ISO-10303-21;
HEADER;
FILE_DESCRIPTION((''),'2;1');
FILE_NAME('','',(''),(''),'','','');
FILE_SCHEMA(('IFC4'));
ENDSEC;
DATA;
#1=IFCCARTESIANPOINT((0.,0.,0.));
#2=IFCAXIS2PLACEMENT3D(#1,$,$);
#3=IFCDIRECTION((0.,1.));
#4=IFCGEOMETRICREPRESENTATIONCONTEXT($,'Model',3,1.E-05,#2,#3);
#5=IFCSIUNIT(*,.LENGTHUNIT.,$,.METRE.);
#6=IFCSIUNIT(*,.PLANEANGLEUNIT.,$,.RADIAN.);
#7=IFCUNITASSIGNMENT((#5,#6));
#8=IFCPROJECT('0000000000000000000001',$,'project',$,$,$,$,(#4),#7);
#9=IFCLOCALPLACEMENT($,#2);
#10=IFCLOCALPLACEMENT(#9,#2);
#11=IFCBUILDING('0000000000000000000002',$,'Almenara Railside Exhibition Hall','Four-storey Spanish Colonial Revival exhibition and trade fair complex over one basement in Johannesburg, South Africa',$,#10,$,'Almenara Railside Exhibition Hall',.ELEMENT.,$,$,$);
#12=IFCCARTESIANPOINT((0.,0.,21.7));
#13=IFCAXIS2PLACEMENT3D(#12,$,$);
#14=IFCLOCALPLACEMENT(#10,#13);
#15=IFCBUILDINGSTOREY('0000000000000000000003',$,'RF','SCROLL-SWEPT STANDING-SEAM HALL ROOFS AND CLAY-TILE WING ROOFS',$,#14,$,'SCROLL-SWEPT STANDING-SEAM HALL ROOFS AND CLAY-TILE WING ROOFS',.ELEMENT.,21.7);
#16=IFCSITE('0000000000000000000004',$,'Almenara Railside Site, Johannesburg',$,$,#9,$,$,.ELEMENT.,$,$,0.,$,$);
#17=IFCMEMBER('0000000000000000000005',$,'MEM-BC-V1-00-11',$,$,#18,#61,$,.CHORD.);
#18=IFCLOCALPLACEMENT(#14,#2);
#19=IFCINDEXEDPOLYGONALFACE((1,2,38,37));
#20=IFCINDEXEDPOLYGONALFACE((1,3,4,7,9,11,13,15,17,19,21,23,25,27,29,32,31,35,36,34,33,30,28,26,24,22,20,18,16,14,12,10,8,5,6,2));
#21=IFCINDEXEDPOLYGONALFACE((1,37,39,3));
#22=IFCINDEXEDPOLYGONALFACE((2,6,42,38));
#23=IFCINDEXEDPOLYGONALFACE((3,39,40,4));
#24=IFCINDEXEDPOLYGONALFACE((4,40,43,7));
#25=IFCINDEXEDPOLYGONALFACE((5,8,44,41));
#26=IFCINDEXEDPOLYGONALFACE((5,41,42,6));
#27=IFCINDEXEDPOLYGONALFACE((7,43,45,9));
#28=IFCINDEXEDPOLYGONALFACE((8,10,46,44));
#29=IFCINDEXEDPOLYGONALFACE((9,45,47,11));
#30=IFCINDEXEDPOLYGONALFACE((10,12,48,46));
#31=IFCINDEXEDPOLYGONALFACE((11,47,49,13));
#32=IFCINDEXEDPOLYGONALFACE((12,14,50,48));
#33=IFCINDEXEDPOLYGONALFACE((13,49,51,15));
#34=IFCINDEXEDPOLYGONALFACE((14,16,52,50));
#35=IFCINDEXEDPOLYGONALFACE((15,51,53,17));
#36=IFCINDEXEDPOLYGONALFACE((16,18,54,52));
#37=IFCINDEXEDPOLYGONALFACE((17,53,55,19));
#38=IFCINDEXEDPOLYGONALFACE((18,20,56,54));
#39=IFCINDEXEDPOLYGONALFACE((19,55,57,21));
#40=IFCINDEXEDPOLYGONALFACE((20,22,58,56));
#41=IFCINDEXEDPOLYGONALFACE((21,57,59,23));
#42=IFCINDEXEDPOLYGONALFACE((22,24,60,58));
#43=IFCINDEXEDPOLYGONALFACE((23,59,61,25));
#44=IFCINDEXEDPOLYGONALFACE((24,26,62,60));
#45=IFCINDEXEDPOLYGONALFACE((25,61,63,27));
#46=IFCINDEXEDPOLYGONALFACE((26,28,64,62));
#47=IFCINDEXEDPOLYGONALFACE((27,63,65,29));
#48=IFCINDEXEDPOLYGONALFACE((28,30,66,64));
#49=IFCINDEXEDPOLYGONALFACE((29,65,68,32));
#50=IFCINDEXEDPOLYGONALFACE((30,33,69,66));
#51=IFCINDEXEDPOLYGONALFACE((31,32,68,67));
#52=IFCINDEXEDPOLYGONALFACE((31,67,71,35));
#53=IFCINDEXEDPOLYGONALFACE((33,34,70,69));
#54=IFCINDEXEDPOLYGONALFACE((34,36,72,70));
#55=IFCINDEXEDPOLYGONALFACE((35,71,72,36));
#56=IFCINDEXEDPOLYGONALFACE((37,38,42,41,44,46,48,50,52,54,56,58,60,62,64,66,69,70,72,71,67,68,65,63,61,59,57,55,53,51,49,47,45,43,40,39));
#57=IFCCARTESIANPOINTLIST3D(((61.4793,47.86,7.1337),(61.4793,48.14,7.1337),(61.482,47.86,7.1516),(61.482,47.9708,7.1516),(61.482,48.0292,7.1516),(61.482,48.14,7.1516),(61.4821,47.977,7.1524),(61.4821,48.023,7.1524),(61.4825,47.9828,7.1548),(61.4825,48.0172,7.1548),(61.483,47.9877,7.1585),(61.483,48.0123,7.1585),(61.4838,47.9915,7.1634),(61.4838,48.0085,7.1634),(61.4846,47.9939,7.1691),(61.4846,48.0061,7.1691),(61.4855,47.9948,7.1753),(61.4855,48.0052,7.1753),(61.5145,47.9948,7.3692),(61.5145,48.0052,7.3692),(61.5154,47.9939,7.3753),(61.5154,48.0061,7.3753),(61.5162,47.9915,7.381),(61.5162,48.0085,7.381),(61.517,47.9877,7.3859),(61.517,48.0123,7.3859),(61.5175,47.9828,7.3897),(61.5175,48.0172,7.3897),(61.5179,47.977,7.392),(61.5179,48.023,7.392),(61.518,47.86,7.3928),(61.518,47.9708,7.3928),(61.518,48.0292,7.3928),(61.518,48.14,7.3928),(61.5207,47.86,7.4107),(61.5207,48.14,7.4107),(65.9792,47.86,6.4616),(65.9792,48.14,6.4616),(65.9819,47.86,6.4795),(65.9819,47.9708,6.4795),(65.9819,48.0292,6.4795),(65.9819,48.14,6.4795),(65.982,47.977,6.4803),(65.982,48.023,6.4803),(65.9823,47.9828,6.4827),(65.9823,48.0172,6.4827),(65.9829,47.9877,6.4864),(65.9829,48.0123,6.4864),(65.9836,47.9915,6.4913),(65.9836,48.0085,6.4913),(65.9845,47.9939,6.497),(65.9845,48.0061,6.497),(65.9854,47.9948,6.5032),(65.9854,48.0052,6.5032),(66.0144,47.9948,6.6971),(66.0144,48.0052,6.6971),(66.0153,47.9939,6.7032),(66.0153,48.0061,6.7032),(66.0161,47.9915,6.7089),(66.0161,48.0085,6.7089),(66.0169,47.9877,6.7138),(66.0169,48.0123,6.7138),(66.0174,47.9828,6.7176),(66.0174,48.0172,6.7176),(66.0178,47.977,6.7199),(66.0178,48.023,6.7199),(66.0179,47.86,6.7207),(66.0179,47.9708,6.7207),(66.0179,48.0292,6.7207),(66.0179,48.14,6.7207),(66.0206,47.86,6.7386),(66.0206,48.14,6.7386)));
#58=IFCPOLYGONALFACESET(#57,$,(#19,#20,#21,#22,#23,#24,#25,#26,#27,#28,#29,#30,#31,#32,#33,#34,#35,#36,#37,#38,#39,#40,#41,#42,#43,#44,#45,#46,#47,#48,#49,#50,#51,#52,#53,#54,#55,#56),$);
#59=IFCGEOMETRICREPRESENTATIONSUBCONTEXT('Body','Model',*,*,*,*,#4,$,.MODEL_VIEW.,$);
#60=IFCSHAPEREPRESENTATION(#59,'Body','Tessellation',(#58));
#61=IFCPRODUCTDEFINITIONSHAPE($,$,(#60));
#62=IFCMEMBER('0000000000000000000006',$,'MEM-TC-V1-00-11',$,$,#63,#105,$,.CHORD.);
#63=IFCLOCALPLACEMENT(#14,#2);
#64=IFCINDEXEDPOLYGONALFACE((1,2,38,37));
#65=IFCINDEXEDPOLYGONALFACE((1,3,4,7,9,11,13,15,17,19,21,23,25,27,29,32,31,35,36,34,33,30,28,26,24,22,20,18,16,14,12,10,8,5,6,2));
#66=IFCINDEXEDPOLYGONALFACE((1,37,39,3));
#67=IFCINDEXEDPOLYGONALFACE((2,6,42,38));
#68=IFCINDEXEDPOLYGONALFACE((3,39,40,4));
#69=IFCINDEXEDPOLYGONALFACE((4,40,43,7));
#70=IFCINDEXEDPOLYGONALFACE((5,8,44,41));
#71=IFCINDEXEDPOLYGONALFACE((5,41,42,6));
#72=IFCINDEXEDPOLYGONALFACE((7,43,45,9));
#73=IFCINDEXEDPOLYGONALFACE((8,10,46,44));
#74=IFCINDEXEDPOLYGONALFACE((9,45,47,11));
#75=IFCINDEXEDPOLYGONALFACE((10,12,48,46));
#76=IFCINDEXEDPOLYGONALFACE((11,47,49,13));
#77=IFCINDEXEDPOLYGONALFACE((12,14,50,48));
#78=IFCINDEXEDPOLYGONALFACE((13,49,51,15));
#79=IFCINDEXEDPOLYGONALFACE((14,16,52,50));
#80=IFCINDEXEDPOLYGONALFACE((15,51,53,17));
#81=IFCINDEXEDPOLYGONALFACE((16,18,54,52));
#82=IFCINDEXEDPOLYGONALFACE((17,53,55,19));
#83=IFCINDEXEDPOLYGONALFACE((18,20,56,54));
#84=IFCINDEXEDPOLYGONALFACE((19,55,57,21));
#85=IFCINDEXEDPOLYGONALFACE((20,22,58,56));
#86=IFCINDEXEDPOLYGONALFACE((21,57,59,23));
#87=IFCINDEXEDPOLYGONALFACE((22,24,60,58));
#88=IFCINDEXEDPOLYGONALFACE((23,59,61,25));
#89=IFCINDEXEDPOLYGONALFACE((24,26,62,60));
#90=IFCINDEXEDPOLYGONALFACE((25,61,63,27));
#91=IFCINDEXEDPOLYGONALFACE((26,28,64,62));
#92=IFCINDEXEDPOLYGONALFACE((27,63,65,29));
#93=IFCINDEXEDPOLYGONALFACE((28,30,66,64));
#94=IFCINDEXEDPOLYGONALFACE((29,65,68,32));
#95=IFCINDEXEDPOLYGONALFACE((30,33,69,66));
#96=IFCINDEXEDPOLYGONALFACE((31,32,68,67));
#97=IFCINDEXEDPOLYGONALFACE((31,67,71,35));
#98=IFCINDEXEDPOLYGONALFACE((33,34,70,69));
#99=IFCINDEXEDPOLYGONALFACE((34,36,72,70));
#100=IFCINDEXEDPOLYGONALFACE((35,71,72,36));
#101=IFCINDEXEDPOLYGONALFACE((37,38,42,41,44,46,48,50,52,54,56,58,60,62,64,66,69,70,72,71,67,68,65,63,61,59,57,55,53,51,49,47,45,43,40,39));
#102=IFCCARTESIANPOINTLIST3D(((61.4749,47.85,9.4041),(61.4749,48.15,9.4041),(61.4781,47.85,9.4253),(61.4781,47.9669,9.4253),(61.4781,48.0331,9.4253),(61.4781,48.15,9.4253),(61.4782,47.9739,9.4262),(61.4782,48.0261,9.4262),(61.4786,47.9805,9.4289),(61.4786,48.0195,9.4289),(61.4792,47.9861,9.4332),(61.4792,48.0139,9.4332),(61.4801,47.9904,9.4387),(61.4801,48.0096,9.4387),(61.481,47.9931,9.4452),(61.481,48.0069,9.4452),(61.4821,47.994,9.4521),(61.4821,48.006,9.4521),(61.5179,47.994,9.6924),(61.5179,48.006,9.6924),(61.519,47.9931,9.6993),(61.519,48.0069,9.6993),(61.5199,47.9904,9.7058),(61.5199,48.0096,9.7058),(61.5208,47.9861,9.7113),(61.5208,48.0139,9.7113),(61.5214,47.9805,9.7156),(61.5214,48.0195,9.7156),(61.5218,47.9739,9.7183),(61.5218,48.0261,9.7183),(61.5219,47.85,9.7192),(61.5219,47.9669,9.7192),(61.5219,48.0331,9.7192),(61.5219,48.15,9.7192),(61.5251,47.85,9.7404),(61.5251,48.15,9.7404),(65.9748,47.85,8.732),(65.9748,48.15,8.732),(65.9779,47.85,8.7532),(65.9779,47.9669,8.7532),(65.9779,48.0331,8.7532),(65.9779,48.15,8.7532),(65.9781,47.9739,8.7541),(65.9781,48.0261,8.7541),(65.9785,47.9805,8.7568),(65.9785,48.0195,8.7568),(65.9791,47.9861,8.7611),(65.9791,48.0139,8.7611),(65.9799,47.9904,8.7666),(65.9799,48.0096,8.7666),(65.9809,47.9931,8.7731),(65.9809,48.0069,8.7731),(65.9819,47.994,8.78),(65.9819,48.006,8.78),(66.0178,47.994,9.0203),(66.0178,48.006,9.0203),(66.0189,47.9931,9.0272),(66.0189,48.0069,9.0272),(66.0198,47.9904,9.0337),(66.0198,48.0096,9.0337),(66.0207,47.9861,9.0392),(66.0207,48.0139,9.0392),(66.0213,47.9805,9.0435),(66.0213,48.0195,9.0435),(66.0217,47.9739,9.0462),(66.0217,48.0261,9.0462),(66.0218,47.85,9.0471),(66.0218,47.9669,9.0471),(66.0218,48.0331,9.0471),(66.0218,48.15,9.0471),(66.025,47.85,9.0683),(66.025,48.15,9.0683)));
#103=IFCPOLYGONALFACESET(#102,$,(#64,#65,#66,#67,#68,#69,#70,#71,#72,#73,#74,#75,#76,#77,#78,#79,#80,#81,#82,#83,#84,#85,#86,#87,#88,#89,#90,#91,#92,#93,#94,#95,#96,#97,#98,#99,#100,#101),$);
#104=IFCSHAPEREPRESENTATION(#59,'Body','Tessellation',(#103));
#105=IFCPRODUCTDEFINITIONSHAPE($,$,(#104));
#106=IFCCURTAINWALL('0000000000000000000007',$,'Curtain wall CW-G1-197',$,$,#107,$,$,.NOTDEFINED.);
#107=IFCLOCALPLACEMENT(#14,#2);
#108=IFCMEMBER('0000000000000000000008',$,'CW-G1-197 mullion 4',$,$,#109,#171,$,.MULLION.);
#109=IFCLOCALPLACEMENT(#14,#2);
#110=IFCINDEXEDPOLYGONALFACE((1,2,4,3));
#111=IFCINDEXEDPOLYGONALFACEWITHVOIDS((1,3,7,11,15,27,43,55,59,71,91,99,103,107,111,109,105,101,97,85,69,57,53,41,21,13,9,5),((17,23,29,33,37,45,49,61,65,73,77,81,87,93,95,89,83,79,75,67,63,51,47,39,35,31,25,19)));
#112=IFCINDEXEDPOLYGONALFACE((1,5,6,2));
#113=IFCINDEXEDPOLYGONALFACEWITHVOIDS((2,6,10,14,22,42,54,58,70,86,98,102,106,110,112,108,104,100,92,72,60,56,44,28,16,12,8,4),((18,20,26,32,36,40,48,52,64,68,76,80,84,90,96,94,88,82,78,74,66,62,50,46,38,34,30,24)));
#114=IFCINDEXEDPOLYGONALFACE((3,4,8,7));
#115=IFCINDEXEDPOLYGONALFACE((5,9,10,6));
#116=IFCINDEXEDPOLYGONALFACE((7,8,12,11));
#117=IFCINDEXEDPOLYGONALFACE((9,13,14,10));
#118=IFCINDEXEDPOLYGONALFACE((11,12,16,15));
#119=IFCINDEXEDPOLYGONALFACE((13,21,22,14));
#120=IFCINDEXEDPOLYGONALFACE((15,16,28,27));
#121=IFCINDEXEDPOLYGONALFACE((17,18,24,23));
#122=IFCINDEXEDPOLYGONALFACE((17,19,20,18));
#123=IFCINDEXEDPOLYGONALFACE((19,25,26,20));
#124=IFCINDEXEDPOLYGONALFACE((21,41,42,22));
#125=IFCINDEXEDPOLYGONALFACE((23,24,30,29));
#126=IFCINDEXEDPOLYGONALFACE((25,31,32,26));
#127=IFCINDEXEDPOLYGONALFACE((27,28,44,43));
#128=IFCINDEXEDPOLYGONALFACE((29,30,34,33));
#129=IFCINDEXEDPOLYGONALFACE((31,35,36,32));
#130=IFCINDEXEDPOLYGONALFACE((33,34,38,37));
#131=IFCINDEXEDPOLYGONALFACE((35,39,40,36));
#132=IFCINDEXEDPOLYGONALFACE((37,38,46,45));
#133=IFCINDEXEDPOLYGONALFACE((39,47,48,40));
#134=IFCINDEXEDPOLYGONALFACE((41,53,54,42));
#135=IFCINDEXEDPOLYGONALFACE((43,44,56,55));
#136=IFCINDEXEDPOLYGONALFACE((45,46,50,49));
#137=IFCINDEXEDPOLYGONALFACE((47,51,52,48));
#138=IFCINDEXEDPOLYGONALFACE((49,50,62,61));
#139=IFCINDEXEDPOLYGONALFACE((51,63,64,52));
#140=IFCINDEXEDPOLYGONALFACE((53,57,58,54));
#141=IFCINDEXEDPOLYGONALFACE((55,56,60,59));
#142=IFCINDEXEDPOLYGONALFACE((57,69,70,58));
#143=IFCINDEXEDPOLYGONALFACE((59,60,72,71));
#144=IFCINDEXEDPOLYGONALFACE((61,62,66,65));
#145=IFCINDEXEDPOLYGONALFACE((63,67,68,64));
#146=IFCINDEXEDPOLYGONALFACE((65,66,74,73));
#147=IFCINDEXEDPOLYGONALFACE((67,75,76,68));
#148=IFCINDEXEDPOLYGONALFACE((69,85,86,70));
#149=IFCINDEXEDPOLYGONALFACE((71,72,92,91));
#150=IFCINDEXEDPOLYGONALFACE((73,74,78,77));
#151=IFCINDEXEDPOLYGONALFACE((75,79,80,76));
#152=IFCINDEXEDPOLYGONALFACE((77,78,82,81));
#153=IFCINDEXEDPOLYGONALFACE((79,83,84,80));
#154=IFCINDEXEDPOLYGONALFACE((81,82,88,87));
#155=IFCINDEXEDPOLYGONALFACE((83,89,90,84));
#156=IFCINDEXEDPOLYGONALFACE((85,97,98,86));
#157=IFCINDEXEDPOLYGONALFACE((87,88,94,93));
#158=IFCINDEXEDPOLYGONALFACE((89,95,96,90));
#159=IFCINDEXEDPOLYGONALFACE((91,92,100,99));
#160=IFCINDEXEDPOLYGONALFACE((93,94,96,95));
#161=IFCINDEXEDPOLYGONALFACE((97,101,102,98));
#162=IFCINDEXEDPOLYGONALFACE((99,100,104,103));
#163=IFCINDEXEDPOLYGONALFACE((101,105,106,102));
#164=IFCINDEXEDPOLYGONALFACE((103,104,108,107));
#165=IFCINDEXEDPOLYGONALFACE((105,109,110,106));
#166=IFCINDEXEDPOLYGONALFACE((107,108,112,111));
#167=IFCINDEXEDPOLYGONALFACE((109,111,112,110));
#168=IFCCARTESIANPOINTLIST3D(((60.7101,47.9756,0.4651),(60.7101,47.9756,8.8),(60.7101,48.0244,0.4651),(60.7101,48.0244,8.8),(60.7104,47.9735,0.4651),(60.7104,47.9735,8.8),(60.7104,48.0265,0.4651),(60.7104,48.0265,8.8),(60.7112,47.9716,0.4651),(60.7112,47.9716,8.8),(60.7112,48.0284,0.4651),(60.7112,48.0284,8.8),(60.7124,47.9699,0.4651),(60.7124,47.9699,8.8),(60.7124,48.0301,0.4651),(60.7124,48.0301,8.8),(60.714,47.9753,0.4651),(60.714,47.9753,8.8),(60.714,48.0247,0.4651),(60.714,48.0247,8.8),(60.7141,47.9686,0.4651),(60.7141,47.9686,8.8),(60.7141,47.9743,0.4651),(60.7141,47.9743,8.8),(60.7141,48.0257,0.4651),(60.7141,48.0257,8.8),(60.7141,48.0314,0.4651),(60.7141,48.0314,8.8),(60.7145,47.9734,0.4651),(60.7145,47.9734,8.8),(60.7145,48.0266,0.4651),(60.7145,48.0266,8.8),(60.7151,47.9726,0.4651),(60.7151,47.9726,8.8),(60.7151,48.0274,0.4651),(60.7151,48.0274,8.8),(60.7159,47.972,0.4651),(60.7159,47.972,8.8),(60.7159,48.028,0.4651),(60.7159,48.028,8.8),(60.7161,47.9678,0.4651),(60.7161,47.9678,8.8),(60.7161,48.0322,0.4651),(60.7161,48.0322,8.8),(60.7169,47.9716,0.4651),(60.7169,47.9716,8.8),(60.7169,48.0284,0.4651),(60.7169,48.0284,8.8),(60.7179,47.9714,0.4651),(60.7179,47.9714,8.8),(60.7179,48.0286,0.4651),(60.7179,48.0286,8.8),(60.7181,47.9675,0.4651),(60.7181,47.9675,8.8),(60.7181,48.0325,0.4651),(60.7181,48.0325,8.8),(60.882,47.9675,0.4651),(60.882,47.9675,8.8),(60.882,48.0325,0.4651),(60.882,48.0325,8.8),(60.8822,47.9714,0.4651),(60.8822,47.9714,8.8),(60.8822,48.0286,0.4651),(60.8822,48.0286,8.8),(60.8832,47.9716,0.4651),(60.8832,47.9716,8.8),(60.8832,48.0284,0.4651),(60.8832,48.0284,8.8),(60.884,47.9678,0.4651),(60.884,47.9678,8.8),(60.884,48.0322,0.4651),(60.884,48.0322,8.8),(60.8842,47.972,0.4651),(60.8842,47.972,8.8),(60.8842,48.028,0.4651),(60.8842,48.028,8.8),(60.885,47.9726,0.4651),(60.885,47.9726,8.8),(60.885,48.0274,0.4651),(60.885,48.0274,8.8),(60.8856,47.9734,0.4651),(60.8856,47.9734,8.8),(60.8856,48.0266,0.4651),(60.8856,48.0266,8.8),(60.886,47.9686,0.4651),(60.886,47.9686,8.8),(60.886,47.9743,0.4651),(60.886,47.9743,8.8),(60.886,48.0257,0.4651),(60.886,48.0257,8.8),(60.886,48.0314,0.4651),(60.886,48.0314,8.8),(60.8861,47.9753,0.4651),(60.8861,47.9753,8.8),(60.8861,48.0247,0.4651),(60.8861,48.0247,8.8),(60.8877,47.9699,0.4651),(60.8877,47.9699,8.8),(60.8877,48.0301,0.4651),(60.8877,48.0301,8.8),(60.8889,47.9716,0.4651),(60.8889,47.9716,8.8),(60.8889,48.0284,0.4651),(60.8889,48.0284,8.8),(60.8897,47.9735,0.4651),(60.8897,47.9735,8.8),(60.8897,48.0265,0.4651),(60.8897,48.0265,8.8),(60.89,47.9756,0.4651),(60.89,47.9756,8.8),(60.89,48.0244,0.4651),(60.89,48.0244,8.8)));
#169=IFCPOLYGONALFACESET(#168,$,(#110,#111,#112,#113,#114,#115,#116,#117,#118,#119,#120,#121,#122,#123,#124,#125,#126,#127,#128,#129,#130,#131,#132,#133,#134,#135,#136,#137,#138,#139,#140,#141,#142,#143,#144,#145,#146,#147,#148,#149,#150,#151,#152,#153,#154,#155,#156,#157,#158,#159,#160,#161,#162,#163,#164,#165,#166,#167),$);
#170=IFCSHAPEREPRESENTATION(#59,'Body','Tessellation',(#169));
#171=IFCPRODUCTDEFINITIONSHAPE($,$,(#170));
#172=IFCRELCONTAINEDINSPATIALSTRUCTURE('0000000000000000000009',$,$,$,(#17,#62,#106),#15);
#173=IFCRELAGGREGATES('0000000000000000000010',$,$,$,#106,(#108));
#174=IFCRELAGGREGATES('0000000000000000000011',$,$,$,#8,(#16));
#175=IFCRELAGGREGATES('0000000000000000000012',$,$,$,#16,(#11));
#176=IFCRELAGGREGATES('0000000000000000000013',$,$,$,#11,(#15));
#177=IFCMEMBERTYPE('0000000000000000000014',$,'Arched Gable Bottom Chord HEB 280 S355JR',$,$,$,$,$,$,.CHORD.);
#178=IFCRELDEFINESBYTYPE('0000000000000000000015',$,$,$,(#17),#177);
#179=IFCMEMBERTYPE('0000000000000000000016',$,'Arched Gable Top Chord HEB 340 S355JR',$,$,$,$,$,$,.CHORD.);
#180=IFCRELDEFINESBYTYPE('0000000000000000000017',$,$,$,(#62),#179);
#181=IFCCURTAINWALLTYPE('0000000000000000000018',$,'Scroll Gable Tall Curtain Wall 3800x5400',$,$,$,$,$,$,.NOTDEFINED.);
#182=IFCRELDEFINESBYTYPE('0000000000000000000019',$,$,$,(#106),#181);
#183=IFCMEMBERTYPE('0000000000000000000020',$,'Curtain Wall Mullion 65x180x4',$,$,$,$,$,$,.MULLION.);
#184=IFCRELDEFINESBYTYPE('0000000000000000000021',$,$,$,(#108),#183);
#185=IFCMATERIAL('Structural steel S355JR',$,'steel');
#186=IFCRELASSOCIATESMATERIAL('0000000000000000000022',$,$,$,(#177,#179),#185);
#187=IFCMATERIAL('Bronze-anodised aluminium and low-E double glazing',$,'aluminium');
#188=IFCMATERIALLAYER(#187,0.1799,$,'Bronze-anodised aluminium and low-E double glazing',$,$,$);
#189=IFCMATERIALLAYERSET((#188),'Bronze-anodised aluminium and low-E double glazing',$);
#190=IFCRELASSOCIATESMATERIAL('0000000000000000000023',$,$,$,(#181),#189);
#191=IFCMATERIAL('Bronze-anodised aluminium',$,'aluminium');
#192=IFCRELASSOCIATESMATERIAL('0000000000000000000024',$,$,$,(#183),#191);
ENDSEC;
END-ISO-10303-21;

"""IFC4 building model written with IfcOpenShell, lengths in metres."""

from ifc_helpers import new_model, si_unit, direction, frame, origin, origin_2d, place, context, subcontext, project, spatial, hollow_rectangle, i_section, extrude, material, layer, layer_set, material_profile, profile_set, type_object, element, aggregate, save


model = new_model("IFC4")

# Units and contexts
model_context = context("Model", 3, precision=1e-05, world=origin(), true_north=direction((0.0, 1.0)))
body_context = subcontext(model_context, "Body", "Model", "MODEL_VIEW")
ifc_project = project(units=[si_unit("LENGTHUNIT", "METRE"), si_unit("PLANEANGLEUNIT", "RADIAN")], contexts=[model_context])

# Site, building, storey
site_placement = place(None, origin())
site = spatial("IfcSite", under=ifc_project, at=site_placement, Name="Almenara Railside Site, Johannesburg", CompositionType="ELEMENT", RefElevation=0.0)
building_placement = place(site_placement, origin())
building = spatial("IfcBuilding", under=site, at=building_placement, Name="Almenara Railside Exhibition Hall", Description="Four-storey Spanish Colonial Revival exhibition and trade fair complex over one basement in Johannesburg, South Africa", LongName="Almenara Railside Exhibition Hall", CompositionType="ELEMENT")
storey_placement = place(building_placement, frame((0.0, 0.0, 21.7)))
storey = spatial("IfcBuildingStorey", under=building, at=storey_placement, Name="RF", Description="SCROLL-SWEPT STANDING-SEAM HALL ROOFS AND CLAY-TILE WING ROOFS", LongName="SCROLL-SWEPT STANDING-SEAM HALL ROOFS AND CLAY-TILE WING ROOFS", CompositionType="ELEMENT", Elevation=21.7)

# Members
ifc_material_1 = material(Name="Structural steel S355JR", Category="steel")
ifc_material_profile_1 = material_profile(ifc_material_1, i_section(OverallWidth=0.28, OverallDepth=0.28, WebThickness=0.0105, FlangeThickness=0.0181, FilletRadius=0.0239, at=origin_2d()), Name="HEB 280")
ifc_profile_set_1 = profile_set([ifc_material_profile_1], Name="Structural steel S355JR")
member_type_1 = type_object("IfcMemberType", Name="Arched Gable Bottom Chord HEB 280 S355JR", PredefinedType="CHORD", material=ifc_profile_set_1)
member_1_placement = place(storey_placement, frame((61.5, 48.0, 7.2722), z_axis=(0.989029, 0.0, -0.147721), x_axis=(0.0, 1.0, 0.0)))
element("IfcMember", 1, at=member_1_placement, inside=storey, type_object=member_type_1, Name="MEM-BC-V1-00-11", PredefinedType="CHORD", context=body_context, shape_type="SweptSolid", body=[
    extrude(i_section(OverallWidth=0.28, OverallDepth=0.28, WebThickness=0.0105, FlangeThickness=0.0181, FilletRadius=0.0239, at=origin_2d()), origin(), (0.0, 0.0, 1.0), 4.5498),
])
ifc_material_profile_2 = material_profile(ifc_material_1, i_section(OverallWidth=0.3, OverallDepth=0.3401, WebThickness=0.012, FlangeThickness=0.0215, FilletRadius=0.0271, at=origin_2d()), Name="HEB 340")
ifc_profile_set_2 = profile_set([ifc_material_profile_2], Name="Structural steel S355JR")
member_type_2 = type_object("IfcMemberType", Name="Arched Gable Top Chord HEB 340 S355JR", PredefinedType="CHORD", material=ifc_profile_set_2)
member_2_placement = place(storey_placement, frame((61.5, 48.0, 9.5723), z_axis=(0.989029, 0.0, -0.147721), x_axis=(0.0, 1.0, 0.0)))
element("IfcMember", 2, at=member_2_placement, inside=storey, type_object=member_type_2, Name="MEM-TC-V1-00-11", PredefinedType="CHORD", context=body_context, shape_type="SweptSolid", body=[
    extrude(i_section(OverallWidth=0.3, OverallDepth=0.3401, WebThickness=0.012, FlangeThickness=0.0215, FilletRadius=0.0271, at=origin_2d()), origin(), (0.0, 0.0, 1.0), 4.5498),
])

# Curtain wall, member
ifc_material_2 = material(Name="Bronze-anodised aluminium and low-E double glazing", Category="aluminium")
ifc_layer_1 = layer(ifc_material_2, 0.1799, Name="Bronze-anodised aluminium and low-E double glazing")
ifc_layer_set_1 = layer_set([ifc_layer_1], Name="Bronze-anodised aluminium and low-E double glazing")
curtain_wall_type = type_object("IfcCurtainWallType", Name="Scroll Gable Tall Curtain Wall 3800x5400", PredefinedType="NOTDEFINED", material=ifc_layer_set_1)
curtain_wall_placement = place(storey_placement, origin())
curtain_wall = element("IfcCurtainWall", 3, at=curtain_wall_placement, inside=storey, type_object=curtain_wall_type, Name="Curtain wall CW-G1-197", PredefinedType="NOTDEFINED")
ifc_material_3 = material(Name="Bronze-anodised aluminium", Category="aluminium")
ifc_material_profile_3 = material_profile(ifc_material_3, hollow_rectangle(XDim=0.0649, YDim=0.1799, WallThickness=0.0039, InnerFilletRadius=0.0039, OuterFilletRadius=0.0081, at=origin_2d()), Name="ALU-MUL 65x180x4")
ifc_profile_set_3 = profile_set([ifc_material_profile_3], Name="Bronze-anodised aluminium")
member_type_3 = type_object("IfcMemberType", Name="Curtain Wall Mullion 65x180x4", PredefinedType="MULLION", material=ifc_profile_set_3)
member_3_placement = place(storey_placement, frame((60.8, 48.0, 0.4651), z_axis=(0.0, 0.0, 1.0), x_axis=(0.0, 1.0, 0.0)))
member_3 = element("IfcMember", 4, at=member_3_placement, type_object=member_type_3, Name="CW-G1-197 mullion 4", PredefinedType="MULLION", context=body_context, shape_type="SweptSolid", body=[
    extrude(hollow_rectangle(XDim=0.0649, YDim=0.1799, WallThickness=0.0039, InnerFilletRadius=0.0039, OuterFilletRadius=0.0081, at=origin_2d()), origin(), (0.0, 0.0, 1.0), 8.335),
])

aggregate(curtain_wall, [member_3])

save(model, "model.ifc")
